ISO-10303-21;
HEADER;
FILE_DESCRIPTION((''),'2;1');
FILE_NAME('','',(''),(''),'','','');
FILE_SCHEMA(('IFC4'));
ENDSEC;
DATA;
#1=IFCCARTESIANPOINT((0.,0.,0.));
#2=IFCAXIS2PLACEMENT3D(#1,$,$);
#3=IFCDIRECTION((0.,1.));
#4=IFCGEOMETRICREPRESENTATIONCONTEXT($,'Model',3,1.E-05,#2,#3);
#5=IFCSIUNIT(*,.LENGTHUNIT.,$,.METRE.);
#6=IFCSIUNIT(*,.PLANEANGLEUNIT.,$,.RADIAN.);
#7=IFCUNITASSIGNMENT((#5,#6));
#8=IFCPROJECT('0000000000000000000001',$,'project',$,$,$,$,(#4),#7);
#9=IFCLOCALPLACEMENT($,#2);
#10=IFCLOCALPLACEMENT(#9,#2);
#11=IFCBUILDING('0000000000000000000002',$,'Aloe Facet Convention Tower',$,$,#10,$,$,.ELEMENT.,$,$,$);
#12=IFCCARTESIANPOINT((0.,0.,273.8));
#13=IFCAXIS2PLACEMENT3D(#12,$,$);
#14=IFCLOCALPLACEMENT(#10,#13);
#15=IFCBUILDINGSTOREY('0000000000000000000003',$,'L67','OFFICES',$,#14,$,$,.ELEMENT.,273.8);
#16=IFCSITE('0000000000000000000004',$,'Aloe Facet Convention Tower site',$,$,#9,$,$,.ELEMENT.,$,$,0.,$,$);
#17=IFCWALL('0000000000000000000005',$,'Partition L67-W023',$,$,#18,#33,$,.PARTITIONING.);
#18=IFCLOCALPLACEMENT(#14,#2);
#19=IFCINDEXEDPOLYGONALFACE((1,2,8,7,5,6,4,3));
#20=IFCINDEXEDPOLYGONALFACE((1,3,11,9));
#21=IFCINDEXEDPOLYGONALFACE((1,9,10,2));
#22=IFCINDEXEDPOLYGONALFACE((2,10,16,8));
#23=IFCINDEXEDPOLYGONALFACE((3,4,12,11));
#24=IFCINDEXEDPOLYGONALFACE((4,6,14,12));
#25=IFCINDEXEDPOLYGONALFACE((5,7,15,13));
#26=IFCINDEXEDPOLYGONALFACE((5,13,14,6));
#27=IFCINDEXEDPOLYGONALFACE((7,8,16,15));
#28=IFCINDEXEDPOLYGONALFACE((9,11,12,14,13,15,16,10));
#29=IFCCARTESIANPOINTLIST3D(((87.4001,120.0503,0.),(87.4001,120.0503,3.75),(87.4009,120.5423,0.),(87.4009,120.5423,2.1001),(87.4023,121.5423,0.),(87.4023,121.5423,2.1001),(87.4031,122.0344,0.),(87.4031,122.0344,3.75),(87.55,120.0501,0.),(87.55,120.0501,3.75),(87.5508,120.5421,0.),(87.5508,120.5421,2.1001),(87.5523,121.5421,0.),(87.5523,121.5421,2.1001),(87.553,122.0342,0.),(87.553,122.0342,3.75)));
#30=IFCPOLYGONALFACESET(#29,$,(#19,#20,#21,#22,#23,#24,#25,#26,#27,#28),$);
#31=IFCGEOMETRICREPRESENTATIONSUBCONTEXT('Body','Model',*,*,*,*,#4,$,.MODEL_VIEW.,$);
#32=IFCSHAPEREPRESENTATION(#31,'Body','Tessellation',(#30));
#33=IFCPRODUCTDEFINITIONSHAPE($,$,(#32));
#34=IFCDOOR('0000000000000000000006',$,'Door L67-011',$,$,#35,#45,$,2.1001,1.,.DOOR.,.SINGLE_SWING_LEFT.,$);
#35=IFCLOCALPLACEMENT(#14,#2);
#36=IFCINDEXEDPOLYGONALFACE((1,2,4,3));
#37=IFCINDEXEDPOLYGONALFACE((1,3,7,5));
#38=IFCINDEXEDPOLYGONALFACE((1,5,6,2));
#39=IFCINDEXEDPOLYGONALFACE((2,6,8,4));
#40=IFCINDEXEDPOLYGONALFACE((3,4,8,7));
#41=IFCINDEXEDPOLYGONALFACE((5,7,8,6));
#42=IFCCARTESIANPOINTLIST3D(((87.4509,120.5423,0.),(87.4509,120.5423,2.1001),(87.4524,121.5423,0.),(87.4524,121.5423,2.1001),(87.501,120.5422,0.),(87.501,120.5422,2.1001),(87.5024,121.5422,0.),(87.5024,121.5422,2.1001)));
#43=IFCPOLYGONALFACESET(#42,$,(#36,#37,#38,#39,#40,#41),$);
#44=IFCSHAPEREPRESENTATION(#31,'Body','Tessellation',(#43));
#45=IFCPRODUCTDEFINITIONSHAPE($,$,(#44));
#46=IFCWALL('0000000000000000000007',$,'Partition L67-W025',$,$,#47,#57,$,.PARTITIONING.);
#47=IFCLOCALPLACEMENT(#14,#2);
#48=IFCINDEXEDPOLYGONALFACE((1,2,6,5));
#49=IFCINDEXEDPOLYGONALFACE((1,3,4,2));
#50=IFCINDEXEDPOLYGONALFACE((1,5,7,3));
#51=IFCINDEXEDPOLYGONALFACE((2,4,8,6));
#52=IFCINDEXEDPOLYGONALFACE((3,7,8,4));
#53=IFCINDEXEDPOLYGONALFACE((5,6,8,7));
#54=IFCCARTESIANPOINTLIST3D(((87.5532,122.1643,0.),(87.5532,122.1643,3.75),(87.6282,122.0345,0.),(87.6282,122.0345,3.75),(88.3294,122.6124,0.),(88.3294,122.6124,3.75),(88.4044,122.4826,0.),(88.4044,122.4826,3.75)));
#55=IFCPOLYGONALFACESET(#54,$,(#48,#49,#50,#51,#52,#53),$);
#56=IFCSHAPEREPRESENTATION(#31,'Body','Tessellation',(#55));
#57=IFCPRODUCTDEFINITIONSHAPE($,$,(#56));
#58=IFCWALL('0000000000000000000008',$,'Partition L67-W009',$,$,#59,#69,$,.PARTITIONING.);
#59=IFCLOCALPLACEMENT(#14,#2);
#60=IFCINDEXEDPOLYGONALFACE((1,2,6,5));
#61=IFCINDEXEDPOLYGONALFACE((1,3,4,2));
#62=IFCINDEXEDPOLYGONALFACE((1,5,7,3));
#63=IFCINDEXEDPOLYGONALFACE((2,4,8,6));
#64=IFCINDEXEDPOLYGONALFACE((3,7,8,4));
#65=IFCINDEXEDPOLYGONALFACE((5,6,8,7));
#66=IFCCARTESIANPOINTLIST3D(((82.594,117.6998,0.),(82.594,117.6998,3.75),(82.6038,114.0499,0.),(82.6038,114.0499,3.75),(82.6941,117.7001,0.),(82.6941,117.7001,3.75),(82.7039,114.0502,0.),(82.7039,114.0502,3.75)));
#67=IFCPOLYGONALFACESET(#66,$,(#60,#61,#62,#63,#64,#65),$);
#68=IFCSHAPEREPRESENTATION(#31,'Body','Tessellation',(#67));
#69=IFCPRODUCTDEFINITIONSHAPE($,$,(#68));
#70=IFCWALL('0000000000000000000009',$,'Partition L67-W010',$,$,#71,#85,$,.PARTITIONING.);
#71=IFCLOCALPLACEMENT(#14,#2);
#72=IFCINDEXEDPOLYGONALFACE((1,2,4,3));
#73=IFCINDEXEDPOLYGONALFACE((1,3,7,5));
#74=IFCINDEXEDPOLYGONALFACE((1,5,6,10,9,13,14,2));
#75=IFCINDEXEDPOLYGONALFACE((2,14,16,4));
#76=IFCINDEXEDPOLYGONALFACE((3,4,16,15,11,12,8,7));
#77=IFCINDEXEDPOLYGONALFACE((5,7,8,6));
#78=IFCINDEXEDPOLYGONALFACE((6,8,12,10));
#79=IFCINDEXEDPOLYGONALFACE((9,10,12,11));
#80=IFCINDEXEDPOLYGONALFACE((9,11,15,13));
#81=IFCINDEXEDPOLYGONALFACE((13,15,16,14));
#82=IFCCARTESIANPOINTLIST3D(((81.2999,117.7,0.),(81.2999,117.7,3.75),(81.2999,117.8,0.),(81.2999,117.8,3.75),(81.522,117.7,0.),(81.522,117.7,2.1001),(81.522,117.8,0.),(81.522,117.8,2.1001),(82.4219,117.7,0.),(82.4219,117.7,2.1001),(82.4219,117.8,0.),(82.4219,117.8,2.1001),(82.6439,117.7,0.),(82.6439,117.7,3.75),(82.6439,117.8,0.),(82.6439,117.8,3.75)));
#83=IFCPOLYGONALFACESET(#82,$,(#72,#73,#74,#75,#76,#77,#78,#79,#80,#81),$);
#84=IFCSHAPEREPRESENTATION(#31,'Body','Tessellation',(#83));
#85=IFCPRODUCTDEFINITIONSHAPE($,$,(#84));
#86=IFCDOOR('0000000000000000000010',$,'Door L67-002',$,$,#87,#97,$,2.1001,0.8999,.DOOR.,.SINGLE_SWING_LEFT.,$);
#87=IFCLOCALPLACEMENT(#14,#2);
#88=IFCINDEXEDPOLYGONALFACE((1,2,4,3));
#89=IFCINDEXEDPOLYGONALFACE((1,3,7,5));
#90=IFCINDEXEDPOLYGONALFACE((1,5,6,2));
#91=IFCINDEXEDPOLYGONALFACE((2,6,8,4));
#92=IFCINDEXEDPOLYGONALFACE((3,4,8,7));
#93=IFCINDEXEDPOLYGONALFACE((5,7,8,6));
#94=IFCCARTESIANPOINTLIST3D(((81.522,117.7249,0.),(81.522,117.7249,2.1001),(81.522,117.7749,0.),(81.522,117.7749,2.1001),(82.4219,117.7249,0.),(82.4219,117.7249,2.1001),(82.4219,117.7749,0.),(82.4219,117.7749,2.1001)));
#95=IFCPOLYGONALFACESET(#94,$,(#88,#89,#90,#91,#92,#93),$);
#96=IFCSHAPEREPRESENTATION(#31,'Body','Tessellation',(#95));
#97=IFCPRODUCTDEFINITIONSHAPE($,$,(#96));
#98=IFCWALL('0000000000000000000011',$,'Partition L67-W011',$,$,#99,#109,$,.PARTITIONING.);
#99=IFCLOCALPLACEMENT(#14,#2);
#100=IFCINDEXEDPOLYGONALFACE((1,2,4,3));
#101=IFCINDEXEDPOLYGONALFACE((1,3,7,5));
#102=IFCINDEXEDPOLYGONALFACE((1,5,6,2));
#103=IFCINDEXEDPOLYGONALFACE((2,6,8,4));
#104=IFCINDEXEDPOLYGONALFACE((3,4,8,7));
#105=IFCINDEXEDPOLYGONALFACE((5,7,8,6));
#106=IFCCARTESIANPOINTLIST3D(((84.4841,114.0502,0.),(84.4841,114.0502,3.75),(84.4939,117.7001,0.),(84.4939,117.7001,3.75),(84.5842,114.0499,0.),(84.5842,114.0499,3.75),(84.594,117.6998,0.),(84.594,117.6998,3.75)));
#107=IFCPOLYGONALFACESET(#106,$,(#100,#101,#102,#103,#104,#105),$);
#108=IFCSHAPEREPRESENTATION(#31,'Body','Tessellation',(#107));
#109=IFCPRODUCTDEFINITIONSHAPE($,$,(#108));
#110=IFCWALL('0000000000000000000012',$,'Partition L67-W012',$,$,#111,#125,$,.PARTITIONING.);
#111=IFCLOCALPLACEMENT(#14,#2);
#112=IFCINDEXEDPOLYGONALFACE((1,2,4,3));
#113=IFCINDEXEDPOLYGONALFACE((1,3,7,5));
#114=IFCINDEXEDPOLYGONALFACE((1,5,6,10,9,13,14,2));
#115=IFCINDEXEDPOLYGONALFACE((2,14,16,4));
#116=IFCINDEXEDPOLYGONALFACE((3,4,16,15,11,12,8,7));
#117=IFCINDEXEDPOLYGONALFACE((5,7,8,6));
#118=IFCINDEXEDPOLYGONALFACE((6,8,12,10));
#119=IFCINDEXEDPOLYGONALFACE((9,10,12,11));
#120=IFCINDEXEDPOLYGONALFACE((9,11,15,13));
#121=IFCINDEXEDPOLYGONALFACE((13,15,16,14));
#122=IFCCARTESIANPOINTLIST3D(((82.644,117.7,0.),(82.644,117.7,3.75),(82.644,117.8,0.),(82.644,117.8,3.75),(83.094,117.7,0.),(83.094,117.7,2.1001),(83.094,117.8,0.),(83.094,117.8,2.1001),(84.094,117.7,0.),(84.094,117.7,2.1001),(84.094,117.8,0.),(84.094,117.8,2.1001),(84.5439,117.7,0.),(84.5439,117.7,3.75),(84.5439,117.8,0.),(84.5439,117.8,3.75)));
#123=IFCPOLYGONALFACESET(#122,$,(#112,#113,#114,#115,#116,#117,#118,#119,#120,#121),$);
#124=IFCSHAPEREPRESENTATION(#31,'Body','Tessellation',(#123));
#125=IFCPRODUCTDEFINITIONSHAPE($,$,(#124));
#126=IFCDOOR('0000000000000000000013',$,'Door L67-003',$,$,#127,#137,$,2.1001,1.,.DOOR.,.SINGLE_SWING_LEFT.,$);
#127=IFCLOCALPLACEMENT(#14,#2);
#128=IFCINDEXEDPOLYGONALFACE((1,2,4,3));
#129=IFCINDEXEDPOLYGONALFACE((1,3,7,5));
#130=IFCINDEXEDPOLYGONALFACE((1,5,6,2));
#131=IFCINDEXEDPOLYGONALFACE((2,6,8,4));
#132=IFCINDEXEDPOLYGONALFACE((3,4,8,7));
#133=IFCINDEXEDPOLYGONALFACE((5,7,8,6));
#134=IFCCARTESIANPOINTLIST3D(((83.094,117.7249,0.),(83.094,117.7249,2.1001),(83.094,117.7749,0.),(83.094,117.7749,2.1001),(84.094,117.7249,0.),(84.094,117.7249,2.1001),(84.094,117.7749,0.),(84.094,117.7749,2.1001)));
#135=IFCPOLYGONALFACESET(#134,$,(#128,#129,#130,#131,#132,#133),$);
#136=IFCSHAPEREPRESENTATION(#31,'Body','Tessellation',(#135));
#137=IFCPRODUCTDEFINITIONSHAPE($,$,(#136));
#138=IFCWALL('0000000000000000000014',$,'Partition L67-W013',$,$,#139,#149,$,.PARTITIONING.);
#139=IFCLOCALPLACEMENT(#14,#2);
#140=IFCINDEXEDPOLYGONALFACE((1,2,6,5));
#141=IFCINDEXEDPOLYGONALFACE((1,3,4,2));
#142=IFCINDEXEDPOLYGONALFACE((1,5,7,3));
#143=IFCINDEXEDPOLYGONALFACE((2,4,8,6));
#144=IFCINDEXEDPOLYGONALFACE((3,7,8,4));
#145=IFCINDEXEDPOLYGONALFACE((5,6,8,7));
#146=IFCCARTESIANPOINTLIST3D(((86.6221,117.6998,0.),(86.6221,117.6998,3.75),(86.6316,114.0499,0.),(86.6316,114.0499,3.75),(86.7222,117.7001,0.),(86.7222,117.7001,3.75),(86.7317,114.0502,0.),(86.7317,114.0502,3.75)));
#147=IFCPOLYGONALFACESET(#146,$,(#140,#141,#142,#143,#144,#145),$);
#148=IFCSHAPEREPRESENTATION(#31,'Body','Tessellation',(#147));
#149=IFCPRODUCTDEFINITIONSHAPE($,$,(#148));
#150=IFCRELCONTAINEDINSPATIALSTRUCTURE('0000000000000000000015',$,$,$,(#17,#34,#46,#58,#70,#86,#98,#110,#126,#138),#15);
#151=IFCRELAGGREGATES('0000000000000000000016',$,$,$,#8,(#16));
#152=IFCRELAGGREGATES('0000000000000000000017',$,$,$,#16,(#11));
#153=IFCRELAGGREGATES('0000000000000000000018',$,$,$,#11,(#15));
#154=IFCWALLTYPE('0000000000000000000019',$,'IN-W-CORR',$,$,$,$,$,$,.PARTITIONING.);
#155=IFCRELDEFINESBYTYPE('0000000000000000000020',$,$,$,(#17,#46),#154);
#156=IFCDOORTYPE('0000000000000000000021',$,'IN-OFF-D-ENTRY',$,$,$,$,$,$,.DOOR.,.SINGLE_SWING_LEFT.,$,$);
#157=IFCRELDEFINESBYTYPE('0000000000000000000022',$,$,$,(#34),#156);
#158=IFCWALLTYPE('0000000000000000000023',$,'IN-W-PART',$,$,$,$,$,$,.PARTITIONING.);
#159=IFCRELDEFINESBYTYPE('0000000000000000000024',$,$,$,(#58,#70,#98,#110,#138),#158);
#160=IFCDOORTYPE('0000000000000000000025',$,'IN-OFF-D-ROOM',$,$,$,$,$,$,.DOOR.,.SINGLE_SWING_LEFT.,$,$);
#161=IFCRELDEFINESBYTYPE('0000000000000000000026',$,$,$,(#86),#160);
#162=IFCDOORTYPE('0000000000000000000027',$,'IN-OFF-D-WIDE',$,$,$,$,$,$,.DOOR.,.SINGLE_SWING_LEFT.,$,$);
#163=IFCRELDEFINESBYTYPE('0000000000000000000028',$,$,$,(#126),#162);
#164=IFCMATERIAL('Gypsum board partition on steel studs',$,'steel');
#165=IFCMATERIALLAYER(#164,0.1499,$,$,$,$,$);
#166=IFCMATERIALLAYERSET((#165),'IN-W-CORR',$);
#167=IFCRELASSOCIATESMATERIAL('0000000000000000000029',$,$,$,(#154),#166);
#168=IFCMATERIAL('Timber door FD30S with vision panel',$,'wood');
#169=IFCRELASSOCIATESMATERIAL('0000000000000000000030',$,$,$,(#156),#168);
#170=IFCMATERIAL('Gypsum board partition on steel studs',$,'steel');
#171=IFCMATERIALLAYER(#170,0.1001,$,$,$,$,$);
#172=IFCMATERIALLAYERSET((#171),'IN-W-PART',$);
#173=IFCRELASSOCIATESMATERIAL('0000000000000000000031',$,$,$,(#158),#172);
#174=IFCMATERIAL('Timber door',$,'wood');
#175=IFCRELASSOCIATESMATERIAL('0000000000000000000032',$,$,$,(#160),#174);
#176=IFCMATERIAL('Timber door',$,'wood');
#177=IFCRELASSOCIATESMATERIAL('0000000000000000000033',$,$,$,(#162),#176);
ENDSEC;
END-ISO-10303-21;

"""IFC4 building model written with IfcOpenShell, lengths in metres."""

from ifc_helpers import new_model, si_unit, direction, frame, frame_2d, origin, place, context, subcontext, project, spatial, rectangle, extrude, material, layer, layer_set, type_object, element, fill, save


model = new_model("IFC4")

# Units and contexts
model_context = context("Model", 3, precision=1e-05, world=origin(), true_north=direction((0.0, 1.0)))
body_context = subcontext(model_context, "Body", "Model", "MODEL_VIEW")
ifc_project = project(units=[si_unit("LENGTHUNIT", "METRE"), si_unit("PLANEANGLEUNIT", "RADIAN")], contexts=[model_context])

# Site, building, storey
site_placement = place(None, origin())
site = spatial("IfcSite", under=ifc_project, at=site_placement, Name="Aloe Facet Convention Tower site", CompositionType="ELEMENT", RefElevation=0.0)
building_placement = place(site_placement, origin())
building = spatial("IfcBuilding", under=site, at=building_placement, Name="Aloe Facet Convention Tower", CompositionType="ELEMENT")
storey_placement = place(building_placement, frame((0.0, 0.0, 273.8)))
storey = spatial("IfcBuildingStorey", under=building, at=storey_placement, Name="L67", Description="OFFICES", CompositionType="ELEMENT", Elevation=273.8)

# Wall, opening, door
ifc_material_1 = material(Name="Gypsum board partition on steel studs", Category="steel")
ifc_layer_1 = layer(ifc_material_1, 0.1499)
ifc_layer_set_1 = layer_set([ifc_layer_1], Name="IN-W-CORR")
wall_type_1 = type_object("IfcWallType", Name="IN-W-CORR", PredefinedType="PARTITIONING", material=ifc_layer_set_1)
wall_1_placement = place(storey_placement, frame((87.4751, 120.05, 0.0), z_axis=(0.0, 0.0, 1.0), x_axis=(0.001477, 0.999999, 0.0)))
wall_1 = element("IfcWall", 1, at=wall_1_placement, inside=storey, type_object=wall_type_1, Name="Partition L67-W023", PredefinedType="PARTITIONING", context=body_context, shape_type="SweptSolid", body=[
    extrude(rectangle(XDim=1.9841, YDim=0.1499, at=frame_2d((0.9922, 0.0))), origin(), (0.0, 0.0, 1.0), 3.75),
])
opening_1_placement = place(wall_1_placement, frame((0.4922, 0.0, 0.0)))
opening_1 = element("IfcOpeningElement", 2, at=opening_1_placement, cuts=wall_1, PredefinedType="OPENING", context=body_context, shape_type="SweptSolid", body=[
    extrude(rectangle(XDim=1.0, YDim=2.1001, at=frame_2d((0.5, 1.05))), frame((0.0, 0.085, 0.0), z_axis=(0.0, -1.0, 0.0), x_axis=(1.0, 0.0, 0.0)), (0.0, 0.0, 1.0), 0.1699),
])
ifc_material_2 = material(Name="Timber door FD30S with vision panel", Category="wood")
door_type_1 = type_object("IfcDoorType", Name="IN-OFF-D-ENTRY", OperationType="SINGLE_SWING_LEFT", PredefinedType="DOOR", material=ifc_material_2)
door_1_placement = place(opening_1_placement, origin())
door_1 = element("IfcDoor", 3, at=door_1_placement, inside=storey, type_object=door_type_1, Name="Door L67-011", OperationType="SINGLE_SWING_LEFT", OverallHeight=2.1001, OverallWidth=1.0, PredefinedType="DOOR", context=body_context, shape_type="SweptSolid", body=[
    extrude(rectangle(XDim=1.0, YDim=2.1001, at=frame_2d((0.5, 1.05))), frame((0.0, 0.0249, 0.0), z_axis=(0.0, -1.0, 0.0), x_axis=(1.0, 0.0, 0.0)), (0.0, 0.0, 1.0), 0.05),
])
fill(opening_1, door_1)

# Walls
wall_2_placement = place(storey_placement, frame((87.5906, 122.0994, 0.0), z_axis=(0.0, 0.0, 1.0), x_axis=(0.866072, 0.499919, 0.0)))
element("IfcWall", 4, at=wall_2_placement, inside=storey, type_object=wall_type_1, Name="Partition L67-W025", PredefinedType="PARTITIONING", context=body_context, shape_type="SweptSolid", body=[
    extrude(rectangle(XDim=0.8962, YDim=0.1499, at=frame_2d((0.4482, 0.0))), origin(), (0.0, 0.0, 1.0), 3.75),
])
ifc_material_3 = material(Name="Gypsum board partition on steel studs", Category="steel")
ifc_layer_2 = layer(ifc_material_3, 0.1001)
ifc_layer_set_2 = layer_set([ifc_layer_2], Name="IN-W-PART")
wall_type_2 = type_object("IfcWallType", Name="IN-W-PART", PredefinedType="PARTITIONING", material=ifc_layer_set_2)
wall_3_placement = place(storey_placement, frame((82.6538, 114.05, 0.0), z_axis=(0.0, 0.0, 1.0), x_axis=(-0.002676, 0.999996, 0.0)))
element("IfcWall", 5, at=wall_3_placement, inside=storey, type_object=wall_type_2, Name="Partition L67-W009", PredefinedType="PARTITIONING", context=body_context, shape_type="SweptSolid", body=[
    extrude(rectangle(XDim=3.6499, YDim=0.1001, at=frame_2d((1.825, 0.0))), origin(), (0.0, 0.0, 1.0), 3.75),
])

# Wall, opening, door
wall_4_placement = place(storey_placement, frame((81.3, 117.75, 0.0), z_axis=(0.0, 0.0, 1.0), x_axis=(1.0, 0.0, 0.0)))
wall_4 = element("IfcWall", 6, at=wall_4_placement, inside=storey, type_object=wall_type_2, Name="Partition L67-W010", PredefinedType="PARTITIONING", context=body_context, shape_type="SweptSolid", body=[
    extrude(rectangle(XDim=1.344, YDim=0.1001, at=frame_2d((0.6719, 0.0))), origin(), (0.0, 0.0, 1.0), 3.75),
])
opening_2_placement = place(wall_4_placement, frame((0.2219, 0.0, 0.0)))
opening_2 = element("IfcOpeningElement", 7, at=opening_2_placement, cuts=wall_4, PredefinedType="OPENING", context=body_context, shape_type="SweptSolid", body=[
    extrude(rectangle(XDim=0.8999, YDim=2.1001, at=frame_2d((0.45, 1.05))), frame((0.0, 0.0601, 0.0), z_axis=(0.0, -1.0, 0.0), x_axis=(1.0, 0.0, 0.0)), (0.0, 0.0, 1.0), 0.1201),
])
ifc_material_4 = material(Name="Timber door", Category="wood")
door_type_2 = type_object("IfcDoorType", Name="IN-OFF-D-ROOM", OperationType="SINGLE_SWING_LEFT", PredefinedType="DOOR", material=ifc_material_4)
door_2_placement = place(opening_2_placement, origin())
door_2 = element("IfcDoor", 8, at=door_2_placement, inside=storey, type_object=door_type_2, Name="Door L67-002", OperationType="SINGLE_SWING_LEFT", OverallHeight=2.1001, OverallWidth=0.8999, PredefinedType="DOOR", context=body_context, shape_type="SweptSolid", body=[
    extrude(rectangle(XDim=0.8999, YDim=2.1001, at=frame_2d((0.45, 1.05))), frame((0.0, 0.0249, 0.0), z_axis=(0.0, -1.0, 0.0), x_axis=(1.0, 0.0, 0.0)), (0.0, 0.0, 1.0), 0.05),
])
fill(opening_2, door_2)

# Wall
wall_5_placement = place(storey_placement, frame((84.5342, 114.05, 0.0), z_axis=(0.0, 0.0, 1.0), x_axis=(0.002676, 0.999996, 0.0)))
element("IfcWall", 9, at=wall_5_placement, inside=storey, type_object=wall_type_2, Name="Partition L67-W011", PredefinedType="PARTITIONING", context=body_context, shape_type="SweptSolid", body=[
    extrude(rectangle(XDim=3.6499, YDim=0.1001, at=frame_2d((1.825, 0.0))), origin(), (0.0, 0.0, 1.0), 3.75),
])

# Wall, opening, door
wall_6_placement = place(storey_placement, frame((82.644, 117.75, 0.0), z_axis=(0.0, 0.0, 1.0), x_axis=(1.0, 0.0, 0.0)))
wall_6 = element("IfcWall", 10, at=wall_6_placement, inside=storey, type_object=wall_type_2, Name="Partition L67-W012", PredefinedType="PARTITIONING", context=body_context, shape_type="SweptSolid", body=[
    extrude(rectangle(XDim=1.8999, YDim=0.1001, at=frame_2d((0.95, 0.0))), origin(), (0.0, 0.0, 1.0), 3.75),
])
opening_3_placement = place(wall_6_placement, frame((0.45, 0.0, 0.0)))
opening_3 = element("IfcOpeningElement", 11, at=opening_3_placement, cuts=wall_6, PredefinedType="OPENING", context=body_context, shape_type="SweptSolid", body=[
    extrude(rectangle(XDim=1.0, YDim=2.1001, at=frame_2d((0.5, 1.05))), frame((0.0, 0.0601, 0.0), z_axis=(0.0, -1.0, 0.0), x_axis=(1.0, 0.0, 0.0)), (0.0, 0.0, 1.0), 0.1201),
])
ifc_material_5 = material(Name="Timber door", Category="wood")
door_type_3 = type_object("IfcDoorType", Name="IN-OFF-D-WIDE", OperationType="SINGLE_SWING_LEFT", PredefinedType="DOOR", material=ifc_material_5)
door_3_placement = place(opening_3_placement, origin())
door_3 = element("IfcDoor", 12, at=door_3_placement, inside=storey, type_object=door_type_3, Name="Door L67-003", OperationType="SINGLE_SWING_LEFT", OverallHeight=2.1001, OverallWidth=1.0, PredefinedType="DOOR", context=body_context, shape_type="SweptSolid", body=[
    extrude(rectangle(XDim=1.0, YDim=2.1001, at=frame_2d((0.5, 1.05))), frame((0.0, 0.0249, 0.0), z_axis=(0.0, -1.0, 0.0), x_axis=(1.0, 0.0, 0.0)), (0.0, 0.0, 1.0), 0.05),
])
fill(opening_3, door_3)

# Wall
wall_7_placement = place(storey_placement, frame((86.6816, 114.05, 0.0), z_axis=(0.0, 0.0, 1.0), x_axis=(-0.002609, 0.999997, 0.0)))
element("IfcWall", 13, at=wall_7_placement, inside=storey, type_object=wall_type_2, Name="Partition L67-W013", PredefinedType="PARTITIONING", context=body_context, shape_type="SweptSolid", body=[
    extrude(rectangle(XDim=3.6499, YDim=0.1001, at=frame_2d((1.825, 0.0))), origin(), (0.0, 0.0, 1.0), 3.75),
])

save(model, "model.ifc")
